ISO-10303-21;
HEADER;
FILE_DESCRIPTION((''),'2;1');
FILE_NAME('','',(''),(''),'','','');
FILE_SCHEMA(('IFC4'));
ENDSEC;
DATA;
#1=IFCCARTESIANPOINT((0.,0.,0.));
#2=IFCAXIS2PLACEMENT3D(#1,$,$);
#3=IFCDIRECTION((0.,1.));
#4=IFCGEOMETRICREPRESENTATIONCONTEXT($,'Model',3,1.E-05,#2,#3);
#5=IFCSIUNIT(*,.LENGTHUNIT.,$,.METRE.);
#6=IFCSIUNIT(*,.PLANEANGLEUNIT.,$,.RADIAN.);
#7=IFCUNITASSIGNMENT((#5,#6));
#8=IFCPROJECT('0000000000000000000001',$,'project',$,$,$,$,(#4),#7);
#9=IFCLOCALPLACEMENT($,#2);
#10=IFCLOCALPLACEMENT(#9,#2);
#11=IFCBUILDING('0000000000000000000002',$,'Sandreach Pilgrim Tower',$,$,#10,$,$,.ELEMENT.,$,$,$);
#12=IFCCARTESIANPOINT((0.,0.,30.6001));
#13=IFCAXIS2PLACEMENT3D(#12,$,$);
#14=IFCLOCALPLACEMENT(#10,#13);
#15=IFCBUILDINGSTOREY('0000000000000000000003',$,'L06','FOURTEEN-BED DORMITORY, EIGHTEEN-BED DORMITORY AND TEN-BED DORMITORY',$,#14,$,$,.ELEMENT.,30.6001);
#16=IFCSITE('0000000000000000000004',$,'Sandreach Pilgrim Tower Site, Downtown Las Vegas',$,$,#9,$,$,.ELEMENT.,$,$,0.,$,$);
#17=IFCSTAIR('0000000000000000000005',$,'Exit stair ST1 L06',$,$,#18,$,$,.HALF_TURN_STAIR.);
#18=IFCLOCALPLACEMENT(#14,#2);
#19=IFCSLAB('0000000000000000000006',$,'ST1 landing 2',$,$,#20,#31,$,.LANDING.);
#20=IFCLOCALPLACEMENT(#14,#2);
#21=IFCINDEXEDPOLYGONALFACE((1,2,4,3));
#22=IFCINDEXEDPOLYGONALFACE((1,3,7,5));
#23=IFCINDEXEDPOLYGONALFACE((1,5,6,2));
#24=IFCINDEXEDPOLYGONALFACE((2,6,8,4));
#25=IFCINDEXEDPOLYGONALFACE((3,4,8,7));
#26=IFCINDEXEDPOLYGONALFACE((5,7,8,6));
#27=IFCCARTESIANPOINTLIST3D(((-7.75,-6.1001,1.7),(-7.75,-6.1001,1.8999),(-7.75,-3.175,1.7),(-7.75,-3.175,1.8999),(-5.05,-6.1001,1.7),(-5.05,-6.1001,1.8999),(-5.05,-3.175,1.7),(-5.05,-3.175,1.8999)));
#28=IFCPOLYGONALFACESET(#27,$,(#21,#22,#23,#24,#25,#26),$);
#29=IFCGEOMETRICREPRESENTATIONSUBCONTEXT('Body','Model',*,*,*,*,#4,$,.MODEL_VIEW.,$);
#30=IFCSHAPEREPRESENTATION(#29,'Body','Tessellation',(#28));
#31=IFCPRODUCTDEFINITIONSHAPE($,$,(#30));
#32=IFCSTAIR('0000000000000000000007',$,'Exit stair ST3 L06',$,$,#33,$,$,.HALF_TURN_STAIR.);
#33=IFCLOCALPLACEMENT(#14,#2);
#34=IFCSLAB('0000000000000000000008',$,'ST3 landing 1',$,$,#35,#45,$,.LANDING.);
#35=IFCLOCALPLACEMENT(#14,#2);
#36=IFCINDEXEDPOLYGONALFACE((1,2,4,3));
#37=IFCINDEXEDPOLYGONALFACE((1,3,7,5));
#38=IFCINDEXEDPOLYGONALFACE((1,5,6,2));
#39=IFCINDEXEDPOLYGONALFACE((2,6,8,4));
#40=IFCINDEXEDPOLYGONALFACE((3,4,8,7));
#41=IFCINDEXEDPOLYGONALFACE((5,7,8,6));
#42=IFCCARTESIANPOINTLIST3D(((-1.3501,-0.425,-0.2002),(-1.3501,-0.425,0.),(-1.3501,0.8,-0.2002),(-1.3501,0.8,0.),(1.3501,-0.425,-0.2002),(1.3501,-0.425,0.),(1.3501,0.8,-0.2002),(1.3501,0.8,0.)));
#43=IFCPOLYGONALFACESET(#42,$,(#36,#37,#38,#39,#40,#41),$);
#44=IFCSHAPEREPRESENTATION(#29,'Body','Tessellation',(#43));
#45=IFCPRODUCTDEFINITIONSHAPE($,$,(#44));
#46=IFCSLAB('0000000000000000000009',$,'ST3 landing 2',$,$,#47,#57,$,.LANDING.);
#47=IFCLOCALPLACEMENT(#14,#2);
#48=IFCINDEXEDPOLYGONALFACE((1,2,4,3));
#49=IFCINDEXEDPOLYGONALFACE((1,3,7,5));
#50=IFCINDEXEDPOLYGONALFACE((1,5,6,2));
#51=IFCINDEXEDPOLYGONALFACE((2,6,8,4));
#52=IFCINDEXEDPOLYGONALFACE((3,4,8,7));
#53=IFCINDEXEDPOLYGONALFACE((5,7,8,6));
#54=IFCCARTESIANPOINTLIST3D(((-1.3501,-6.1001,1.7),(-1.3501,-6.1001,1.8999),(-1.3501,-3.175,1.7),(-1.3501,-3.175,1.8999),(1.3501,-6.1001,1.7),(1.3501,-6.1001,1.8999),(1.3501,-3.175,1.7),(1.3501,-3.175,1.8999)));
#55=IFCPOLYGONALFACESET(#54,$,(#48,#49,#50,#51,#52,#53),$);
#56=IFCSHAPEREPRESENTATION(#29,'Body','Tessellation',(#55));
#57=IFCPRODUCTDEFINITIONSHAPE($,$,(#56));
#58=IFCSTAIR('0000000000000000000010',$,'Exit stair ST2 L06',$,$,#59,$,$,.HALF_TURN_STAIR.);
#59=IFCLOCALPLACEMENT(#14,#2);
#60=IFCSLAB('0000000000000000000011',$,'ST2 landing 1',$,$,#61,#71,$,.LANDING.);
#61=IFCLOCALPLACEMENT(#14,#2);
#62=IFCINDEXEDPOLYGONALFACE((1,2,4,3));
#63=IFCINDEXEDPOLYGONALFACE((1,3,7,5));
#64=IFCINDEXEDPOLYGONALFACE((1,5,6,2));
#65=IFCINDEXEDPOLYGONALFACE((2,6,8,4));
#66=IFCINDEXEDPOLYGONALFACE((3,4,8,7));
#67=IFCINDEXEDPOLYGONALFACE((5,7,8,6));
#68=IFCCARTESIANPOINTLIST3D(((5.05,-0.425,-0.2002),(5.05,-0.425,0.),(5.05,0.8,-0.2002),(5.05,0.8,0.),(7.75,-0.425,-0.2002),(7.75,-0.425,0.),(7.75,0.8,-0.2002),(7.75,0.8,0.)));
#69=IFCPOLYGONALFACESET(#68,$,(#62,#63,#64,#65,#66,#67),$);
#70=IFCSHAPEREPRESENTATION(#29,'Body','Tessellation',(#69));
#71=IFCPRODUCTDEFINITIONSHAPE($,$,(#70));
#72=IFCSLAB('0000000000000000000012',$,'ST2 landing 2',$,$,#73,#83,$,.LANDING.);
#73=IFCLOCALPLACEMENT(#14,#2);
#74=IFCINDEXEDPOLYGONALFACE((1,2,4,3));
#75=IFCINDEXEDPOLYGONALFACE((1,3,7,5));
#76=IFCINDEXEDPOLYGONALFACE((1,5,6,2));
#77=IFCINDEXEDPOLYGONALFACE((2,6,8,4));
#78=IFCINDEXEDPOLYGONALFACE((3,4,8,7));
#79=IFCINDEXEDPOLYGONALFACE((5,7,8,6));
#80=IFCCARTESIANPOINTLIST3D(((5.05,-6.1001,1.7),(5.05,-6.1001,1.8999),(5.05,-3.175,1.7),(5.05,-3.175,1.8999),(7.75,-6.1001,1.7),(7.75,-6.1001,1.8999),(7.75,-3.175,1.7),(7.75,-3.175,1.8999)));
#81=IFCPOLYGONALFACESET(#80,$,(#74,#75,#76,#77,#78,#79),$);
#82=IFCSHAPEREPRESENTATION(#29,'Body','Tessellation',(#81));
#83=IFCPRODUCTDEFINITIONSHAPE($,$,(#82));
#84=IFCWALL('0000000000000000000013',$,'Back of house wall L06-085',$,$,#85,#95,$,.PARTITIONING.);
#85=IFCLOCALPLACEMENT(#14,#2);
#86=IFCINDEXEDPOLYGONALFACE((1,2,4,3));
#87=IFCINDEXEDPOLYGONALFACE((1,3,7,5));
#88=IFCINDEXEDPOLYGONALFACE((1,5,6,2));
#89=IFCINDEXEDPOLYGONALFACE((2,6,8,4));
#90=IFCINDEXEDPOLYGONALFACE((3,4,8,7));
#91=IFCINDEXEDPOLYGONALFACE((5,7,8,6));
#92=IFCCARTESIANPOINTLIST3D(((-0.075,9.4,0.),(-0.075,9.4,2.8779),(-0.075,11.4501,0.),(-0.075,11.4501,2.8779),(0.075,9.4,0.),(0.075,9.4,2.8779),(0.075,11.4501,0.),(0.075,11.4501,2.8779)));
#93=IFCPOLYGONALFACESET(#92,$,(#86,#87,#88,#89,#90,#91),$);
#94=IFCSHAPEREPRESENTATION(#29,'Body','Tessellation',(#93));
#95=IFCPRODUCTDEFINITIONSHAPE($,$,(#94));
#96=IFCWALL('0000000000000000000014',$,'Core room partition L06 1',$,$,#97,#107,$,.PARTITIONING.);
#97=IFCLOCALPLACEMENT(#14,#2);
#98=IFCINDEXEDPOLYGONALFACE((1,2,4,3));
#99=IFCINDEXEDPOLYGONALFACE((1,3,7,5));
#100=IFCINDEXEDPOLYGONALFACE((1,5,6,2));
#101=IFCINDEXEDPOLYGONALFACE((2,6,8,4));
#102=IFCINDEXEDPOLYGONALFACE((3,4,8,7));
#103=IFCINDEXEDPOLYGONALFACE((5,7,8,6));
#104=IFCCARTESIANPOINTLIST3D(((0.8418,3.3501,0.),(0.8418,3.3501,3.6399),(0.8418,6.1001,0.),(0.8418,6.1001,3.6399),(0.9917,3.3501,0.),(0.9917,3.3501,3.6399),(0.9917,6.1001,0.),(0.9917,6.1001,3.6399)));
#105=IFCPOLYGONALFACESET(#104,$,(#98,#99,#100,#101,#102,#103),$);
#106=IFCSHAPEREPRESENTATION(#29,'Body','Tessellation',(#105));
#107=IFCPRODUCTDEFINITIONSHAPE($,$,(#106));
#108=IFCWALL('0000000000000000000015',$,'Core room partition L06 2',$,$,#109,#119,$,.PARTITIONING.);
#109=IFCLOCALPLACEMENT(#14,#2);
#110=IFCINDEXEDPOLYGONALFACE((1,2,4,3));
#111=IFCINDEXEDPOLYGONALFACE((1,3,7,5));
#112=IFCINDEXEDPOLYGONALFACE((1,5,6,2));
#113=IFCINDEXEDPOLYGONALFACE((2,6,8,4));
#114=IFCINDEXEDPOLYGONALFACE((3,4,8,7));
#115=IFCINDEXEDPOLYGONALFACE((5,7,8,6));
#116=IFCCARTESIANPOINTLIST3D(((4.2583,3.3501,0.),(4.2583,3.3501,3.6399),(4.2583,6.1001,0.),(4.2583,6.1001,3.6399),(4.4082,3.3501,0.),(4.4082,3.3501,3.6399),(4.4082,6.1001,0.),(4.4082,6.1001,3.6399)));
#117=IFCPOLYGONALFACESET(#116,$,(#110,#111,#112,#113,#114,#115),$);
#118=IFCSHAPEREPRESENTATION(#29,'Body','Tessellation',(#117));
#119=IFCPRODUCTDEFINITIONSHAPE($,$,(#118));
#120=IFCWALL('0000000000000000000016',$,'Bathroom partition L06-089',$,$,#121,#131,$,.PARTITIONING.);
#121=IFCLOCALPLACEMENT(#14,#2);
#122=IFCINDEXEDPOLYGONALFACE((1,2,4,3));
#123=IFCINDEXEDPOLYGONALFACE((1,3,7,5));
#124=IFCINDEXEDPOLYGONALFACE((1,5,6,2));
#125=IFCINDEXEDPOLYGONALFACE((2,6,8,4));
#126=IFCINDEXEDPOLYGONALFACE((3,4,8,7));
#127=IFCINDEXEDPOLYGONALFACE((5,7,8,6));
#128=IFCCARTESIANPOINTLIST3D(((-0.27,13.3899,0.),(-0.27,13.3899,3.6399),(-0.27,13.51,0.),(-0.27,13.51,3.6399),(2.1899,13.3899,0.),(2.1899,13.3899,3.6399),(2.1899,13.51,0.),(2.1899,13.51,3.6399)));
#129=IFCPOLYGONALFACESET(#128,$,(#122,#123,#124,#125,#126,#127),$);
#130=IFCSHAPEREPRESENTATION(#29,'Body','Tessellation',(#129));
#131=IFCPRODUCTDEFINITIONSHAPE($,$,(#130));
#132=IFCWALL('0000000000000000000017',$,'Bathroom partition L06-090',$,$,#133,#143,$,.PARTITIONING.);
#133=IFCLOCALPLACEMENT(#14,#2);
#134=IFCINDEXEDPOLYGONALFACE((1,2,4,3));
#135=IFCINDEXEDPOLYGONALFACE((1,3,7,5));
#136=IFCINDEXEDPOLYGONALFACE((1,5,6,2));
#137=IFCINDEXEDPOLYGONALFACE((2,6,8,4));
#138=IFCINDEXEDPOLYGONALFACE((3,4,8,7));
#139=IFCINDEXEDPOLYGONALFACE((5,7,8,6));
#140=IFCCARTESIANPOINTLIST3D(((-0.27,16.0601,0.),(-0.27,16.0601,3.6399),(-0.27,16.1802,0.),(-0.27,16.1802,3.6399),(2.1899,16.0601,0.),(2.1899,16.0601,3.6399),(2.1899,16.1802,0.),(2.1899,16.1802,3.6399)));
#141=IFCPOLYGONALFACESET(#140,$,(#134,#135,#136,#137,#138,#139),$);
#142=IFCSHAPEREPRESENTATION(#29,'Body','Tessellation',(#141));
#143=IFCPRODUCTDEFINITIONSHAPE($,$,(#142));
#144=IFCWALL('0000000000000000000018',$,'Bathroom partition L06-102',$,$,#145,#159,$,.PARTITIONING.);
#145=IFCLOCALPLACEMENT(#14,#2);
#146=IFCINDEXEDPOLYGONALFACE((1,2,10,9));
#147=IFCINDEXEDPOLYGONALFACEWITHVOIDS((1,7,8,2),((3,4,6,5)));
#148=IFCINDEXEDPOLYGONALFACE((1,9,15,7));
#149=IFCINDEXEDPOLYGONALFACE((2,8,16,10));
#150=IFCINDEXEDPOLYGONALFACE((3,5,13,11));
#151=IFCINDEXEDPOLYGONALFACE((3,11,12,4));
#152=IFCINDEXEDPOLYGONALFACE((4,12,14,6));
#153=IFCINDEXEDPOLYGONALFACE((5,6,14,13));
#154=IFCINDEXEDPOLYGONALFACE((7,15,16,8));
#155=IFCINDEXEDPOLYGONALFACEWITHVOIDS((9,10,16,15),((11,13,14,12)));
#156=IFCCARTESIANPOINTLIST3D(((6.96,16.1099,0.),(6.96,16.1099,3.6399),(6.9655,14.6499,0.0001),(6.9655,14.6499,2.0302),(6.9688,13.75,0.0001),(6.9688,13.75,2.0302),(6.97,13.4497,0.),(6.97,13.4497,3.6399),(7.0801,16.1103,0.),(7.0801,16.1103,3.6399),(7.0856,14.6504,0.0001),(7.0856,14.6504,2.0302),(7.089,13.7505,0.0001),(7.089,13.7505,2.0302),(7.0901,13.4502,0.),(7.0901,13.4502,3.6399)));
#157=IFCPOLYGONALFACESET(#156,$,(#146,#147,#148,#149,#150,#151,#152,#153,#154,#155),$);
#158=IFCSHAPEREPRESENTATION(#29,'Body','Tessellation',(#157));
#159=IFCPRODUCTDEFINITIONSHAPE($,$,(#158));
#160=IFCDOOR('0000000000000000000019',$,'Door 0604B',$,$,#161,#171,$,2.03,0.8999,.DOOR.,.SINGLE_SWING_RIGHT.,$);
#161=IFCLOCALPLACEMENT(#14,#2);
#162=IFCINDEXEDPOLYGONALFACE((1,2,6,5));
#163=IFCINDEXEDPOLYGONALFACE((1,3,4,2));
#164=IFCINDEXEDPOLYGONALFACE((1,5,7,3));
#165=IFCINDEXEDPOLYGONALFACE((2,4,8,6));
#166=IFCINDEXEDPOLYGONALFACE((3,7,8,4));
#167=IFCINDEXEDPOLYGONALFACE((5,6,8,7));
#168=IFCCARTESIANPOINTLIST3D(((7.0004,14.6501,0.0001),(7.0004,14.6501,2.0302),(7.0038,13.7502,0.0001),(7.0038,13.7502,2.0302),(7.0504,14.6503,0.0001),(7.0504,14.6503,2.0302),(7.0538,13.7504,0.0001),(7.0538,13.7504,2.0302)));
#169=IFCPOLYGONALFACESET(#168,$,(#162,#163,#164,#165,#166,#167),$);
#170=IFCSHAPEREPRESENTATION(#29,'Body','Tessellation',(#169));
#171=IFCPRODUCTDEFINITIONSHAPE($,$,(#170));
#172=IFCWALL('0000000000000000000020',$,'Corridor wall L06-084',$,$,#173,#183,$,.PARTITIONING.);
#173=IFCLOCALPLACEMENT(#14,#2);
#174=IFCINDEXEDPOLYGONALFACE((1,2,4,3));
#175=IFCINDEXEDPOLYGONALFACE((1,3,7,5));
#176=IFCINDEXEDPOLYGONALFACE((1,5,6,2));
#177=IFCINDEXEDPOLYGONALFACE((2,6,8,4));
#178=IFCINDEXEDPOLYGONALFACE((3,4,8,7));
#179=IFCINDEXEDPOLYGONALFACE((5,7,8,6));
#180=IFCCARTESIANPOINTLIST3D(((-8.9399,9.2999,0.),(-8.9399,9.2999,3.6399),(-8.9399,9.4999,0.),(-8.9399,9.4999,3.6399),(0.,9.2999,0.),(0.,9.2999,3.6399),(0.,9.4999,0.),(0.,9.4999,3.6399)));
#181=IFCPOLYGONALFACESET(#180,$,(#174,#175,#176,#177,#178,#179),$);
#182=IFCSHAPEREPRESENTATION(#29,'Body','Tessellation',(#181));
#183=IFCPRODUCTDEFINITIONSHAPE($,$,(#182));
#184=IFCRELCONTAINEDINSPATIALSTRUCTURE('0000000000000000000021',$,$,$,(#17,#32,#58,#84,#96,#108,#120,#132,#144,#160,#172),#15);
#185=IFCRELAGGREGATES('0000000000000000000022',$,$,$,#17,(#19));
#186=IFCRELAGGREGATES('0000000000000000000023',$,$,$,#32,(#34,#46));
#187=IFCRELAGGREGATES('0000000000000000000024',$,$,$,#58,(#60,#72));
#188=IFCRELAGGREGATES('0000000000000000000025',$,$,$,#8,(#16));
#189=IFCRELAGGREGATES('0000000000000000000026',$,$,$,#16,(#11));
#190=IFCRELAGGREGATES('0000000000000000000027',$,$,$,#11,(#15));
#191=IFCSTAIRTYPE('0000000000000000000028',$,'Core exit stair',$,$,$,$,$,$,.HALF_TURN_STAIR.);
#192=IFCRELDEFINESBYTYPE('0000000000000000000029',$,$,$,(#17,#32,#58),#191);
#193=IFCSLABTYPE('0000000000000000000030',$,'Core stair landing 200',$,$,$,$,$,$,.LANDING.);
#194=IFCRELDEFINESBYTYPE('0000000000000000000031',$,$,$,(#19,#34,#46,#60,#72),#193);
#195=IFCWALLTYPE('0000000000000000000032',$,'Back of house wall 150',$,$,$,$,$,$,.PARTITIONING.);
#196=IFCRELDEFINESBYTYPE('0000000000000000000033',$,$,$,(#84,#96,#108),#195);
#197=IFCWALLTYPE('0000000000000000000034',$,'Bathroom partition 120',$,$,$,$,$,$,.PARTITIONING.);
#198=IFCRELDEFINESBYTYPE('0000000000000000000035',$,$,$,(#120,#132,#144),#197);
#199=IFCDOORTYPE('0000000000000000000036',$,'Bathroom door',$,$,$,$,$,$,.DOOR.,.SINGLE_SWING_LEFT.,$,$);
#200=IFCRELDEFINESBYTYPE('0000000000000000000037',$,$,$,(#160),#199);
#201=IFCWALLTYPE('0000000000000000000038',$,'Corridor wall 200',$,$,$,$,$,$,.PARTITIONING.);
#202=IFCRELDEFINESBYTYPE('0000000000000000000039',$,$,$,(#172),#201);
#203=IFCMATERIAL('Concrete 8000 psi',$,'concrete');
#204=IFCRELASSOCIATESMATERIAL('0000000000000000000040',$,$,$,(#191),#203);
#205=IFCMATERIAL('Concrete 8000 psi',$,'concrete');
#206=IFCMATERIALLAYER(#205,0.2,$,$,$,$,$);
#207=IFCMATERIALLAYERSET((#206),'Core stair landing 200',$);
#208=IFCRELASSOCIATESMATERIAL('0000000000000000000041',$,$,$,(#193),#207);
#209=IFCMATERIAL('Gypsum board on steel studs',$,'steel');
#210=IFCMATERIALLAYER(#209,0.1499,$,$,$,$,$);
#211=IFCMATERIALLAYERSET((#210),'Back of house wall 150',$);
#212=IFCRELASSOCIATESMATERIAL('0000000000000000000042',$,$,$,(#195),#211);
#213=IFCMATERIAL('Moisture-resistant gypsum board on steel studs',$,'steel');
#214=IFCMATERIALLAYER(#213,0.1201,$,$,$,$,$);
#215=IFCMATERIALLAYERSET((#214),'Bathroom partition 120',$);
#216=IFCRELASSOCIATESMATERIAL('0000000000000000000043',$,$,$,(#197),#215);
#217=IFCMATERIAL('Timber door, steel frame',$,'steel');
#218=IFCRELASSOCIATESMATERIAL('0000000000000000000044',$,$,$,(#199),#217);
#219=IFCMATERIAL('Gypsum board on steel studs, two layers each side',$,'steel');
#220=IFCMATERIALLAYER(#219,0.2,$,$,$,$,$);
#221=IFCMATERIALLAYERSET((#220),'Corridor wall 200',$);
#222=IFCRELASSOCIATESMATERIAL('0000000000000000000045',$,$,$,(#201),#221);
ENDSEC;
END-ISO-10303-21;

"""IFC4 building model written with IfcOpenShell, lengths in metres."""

from ifc_helpers import new_model, si_unit, direction, frame, frame_2d, origin, place, context, subcontext, project, spatial, polyline, rectangle, outline, extrude, material, layer, layer_set, type_object, element, fill, aggregate, save


model = new_model("IFC4")

# Units and contexts
model_context = context("Model", 3, precision=1e-05, world=origin(), true_north=direction((0.0, 1.0)))
body_context = subcontext(model_context, "Body", "Model", "MODEL_VIEW")
ifc_project = project(units=[si_unit("LENGTHUNIT", "METRE"), si_unit("PLANEANGLEUNIT", "RADIAN")], contexts=[model_context])

# Site, building, storey
site_placement = place(None, origin())
site = spatial("IfcSite", under=ifc_project, at=site_placement, Name="Sandreach Pilgrim Tower Site, Downtown Las Vegas", CompositionType="ELEMENT", RefElevation=0.0)
building_placement = place(site_placement, origin())
building = spatial("IfcBuilding", under=site, at=building_placement, Name="Sandreach Pilgrim Tower", CompositionType="ELEMENT")
storey_placement = place(building_placement, frame((0.0, 0.0, 30.6001)))
storey = spatial("IfcBuildingStorey", under=building, at=storey_placement, Name="L06", Description="FOURTEEN-BED DORMITORY, EIGHTEEN-BED DORMITORY AND TEN-BED DORMITORY", CompositionType="ELEMENT", Elevation=30.6001)

# Stair, slab
ifc_material_1 = material(Name="Concrete 8000 psi", Category="concrete")
stair_type = type_object("IfcStairType", Name="Core exit stair", PredefinedType="HALF_TURN_STAIR", material=ifc_material_1)
stair_1_placement = place(storey_placement, origin())
stair_1 = element("IfcStair", 1, at=stair_1_placement, inside=storey, type_object=stair_type, Name="Exit stair ST1 L06", PredefinedType="HALF_TURN_STAIR")
ifc_material_2 = material(Name="Concrete 8000 psi", Category="concrete")
ifc_layer_1 = layer(ifc_material_2, 0.2)
ifc_layer_set_1 = layer_set([ifc_layer_1], Name="Core stair landing 200")
slab_type = type_object("IfcSlabType", Name="Core stair landing 200", PredefinedType="LANDING", material=ifc_layer_set_1)
slab_1_placement = place(storey_placement, frame((0.0, 0.0, 1.7)))
slab_1 = element("IfcSlab", 2, at=slab_1_placement, type_object=slab_type, Name="ST1 landing 2", PredefinedType="LANDING", context=body_context, shape_type="SweptSolid", body=[
    extrude(outline(polyline([(-7.75, -6.1001), (-5.05, -6.1001), (-5.05, -3.175), (-7.75, -3.175), (-7.75, -6.1001)])), origin(), (0.0, 0.0, 1.0), 0.2),
])
aggregate(stair_1, [slab_1])

# Stairs, slabs
stair_2_placement = place(storey_placement, origin())
stair_2 = element("IfcStair", 3, at=stair_2_placement, inside=storey, type_object=stair_type, Name="Exit stair ST3 L06", PredefinedType="HALF_TURN_STAIR")
slab_2_placement = place(storey_placement, frame((0.0, 0.0, -0.2002)))
slab_2 = element("IfcSlab", 4, at=slab_2_placement, type_object=slab_type, Name="ST3 landing 1", PredefinedType="LANDING", context=body_context, shape_type="SweptSolid", body=[
    extrude(outline(polyline([(-1.3501, -0.425), (1.3501, -0.425), (1.3501, 0.8), (-1.3501, 0.8), (-1.3501, -0.425)])), origin(), (0.0, 0.0, 1.0), 0.2002),
])
slab_3_placement = place(storey_placement, frame((0.0, 0.0, 1.7)))
slab_3 = element("IfcSlab", 5, at=slab_3_placement, type_object=slab_type, Name="ST3 landing 2", PredefinedType="LANDING", context=body_context, shape_type="SweptSolid", body=[
    extrude(outline(polyline([(-1.3501, -6.1001), (1.3501, -6.1001), (1.3501, -3.175), (-1.3501, -3.175), (-1.3501, -6.1001)])), origin(), (0.0, 0.0, 1.0), 0.2),
])
aggregate(stair_2, [slab_2, slab_3])
stair_3_placement = place(storey_placement, origin())
stair_3 = element("IfcStair", 6, at=stair_3_placement, inside=storey, type_object=stair_type, Name="Exit stair ST2 L06", PredefinedType="HALF_TURN_STAIR")
slab_4_placement = place(storey_placement, frame((0.0, 0.0, -0.2002)))
slab_4 = element("IfcSlab", 7, at=slab_4_placement, type_object=slab_type, Name="ST2 landing 1", PredefinedType="LANDING", context=body_context, shape_type="SweptSolid", body=[
    extrude(outline(polyline([(5.05, -0.425), (7.75, -0.425), (7.75, 0.8), (5.05, 0.8), (5.05, -0.425)])), origin(), (0.0, 0.0, 1.0), 0.2002),
])
slab_5_placement = place(storey_placement, frame((0.0, 0.0, 1.7)))
slab_5 = element("IfcSlab", 8, at=slab_5_placement, type_object=slab_type, Name="ST2 landing 2", PredefinedType="LANDING", context=body_context, shape_type="SweptSolid", body=[
    extrude(outline(polyline([(5.05, -6.1001), (7.75, -6.1001), (7.75, -3.175), (5.05, -3.175), (5.05, -6.1001)])), origin(), (0.0, 0.0, 1.0), 0.2),
])
aggregate(stair_3, [slab_4, slab_5])

# Walls
ifc_material_3 = material(Name="Gypsum board on steel studs", Category="steel")
ifc_layer_2 = layer(ifc_material_3, 0.1499)
ifc_layer_set_2 = layer_set([ifc_layer_2], Name="Back of house wall 150")
wall_type_1 = type_object("IfcWallType", Name="Back of house wall 150", PredefinedType="PARTITIONING", material=ifc_layer_set_2)
wall_1_placement = place(storey_placement, frame((0.0, 11.45, 0.0), z_axis=(0.0, 0.0, 1.0), x_axis=(0.0, -1.0, 0.0)))
element("IfcWall", 9, at=wall_1_placement, inside=storey, type_object=wall_type_1, Name="Back of house wall L06-085", PredefinedType="PARTITIONING", context=body_context, shape_type="SweptSolid", body=[
    extrude(rectangle(XDim=2.05, YDim=0.1499, at=frame_2d((1.0249, 0.0))), origin(), (0.0, 0.0, 1.0), 2.8779),
])
for number, where, z_axis, x_axis, name in (
    (10, (0.9167, 3.3501, 0.0), (0.0, 0.0, 1.0), (0.0, 1.0, 0.0), "Core room partition L06 1"),
    (11, (4.3333, 3.3501, 0.0), (0.0, 0.0, 1.0), (0.0, 1.0, 0.0), "Core room partition L06 2"),
):
    element("IfcWall", number, at=place(storey_placement, frame(where, z_axis=z_axis, x_axis=x_axis)), inside=storey, type_object=wall_type_1, Name=name, PredefinedType="PARTITIONING", context=body_context, shape_type="SweptSolid", body=[
        extrude(rectangle(XDim=2.75, YDim=0.1499, at=frame_2d((1.375, 0.0))), origin(), (0.0, 0.0, 1.0), 3.6399),
    ])
ifc_material_4 = material(Name="Moisture-resistant gypsum board on steel studs", Category="steel")
ifc_layer_3 = layer(ifc_material_4, 0.1201)
ifc_layer_set_3 = layer_set([ifc_layer_3], Name="Bathroom partition 120")
wall_type_2 = type_object("IfcWallType", Name="Bathroom partition 120", PredefinedType="PARTITIONING", material=ifc_layer_set_3)
for number, where, z_axis, x_axis, name in (
    (12, (2.1899, 13.45, 0.0), (0.0, 0.0, 1.0), (-1.0, 0.0, 0.0), "Bathroom partition L06-089"),
    (13, (2.1899, 16.1201, 0.0), (0.0, 0.0, 1.0), (-1.0, 0.0, 0.0), "Bathroom partition L06-090"),
):
    element("IfcWall", number, at=place(storey_placement, frame(where, z_axis=z_axis, x_axis=x_axis)), inside=storey, type_object=wall_type_2, Name=name, PredefinedType="PARTITIONING", context=body_context, shape_type="SweptSolid", body=[
        extrude(rectangle(XDim=2.46, YDim=0.1201, at=frame_2d((1.23, 0.0))), origin(), (0.0, 0.0, 1.0), 3.6399),
    ])

# Wall, opening, door
wall_2_placement = place(storey_placement, frame((7.02, 16.1101, 0.0), z_axis=(0.0, 0.0, 1.0), x_axis=(0.003763, -0.999993, 0.0)))
wall_2 = element("IfcWall", 14, at=wall_2_placement, inside=storey, type_object=wall_type_2, Name="Bathroom partition L06-102", PredefinedType="PARTITIONING", context=body_context, shape_type="SweptSolid", body=[
    extrude(rectangle(XDim=2.6602, YDim=0.1201, at=frame_2d((1.3301, 0.0))), origin(), (0.0, 0.0, 1.0), 3.6399),
])
opening_1_placement = place(wall_2_placement, frame((1.46, 0.0, 0.0)))
opening_1 = element("IfcOpeningElement", 15, at=opening_1_placement, cuts=wall_2, PredefinedType="OPENING", context=body_context, shape_type="SweptSolid", body=[
    extrude(rectangle(XDim=0.8999, YDim=2.03, at=frame_2d((0.45, 1.0151))), frame((0.0, 0.0601, 0.0), z_axis=(0.0, -1.0, 0.0), x_axis=(1.0, 0.0, 0.0)), (0.0, 0.0, 1.0), 0.1201),
])
ifc_material_5 = material(Name="Timber door, steel frame", Category="steel")
door_type_1 = type_object("IfcDoorType", Name="Bathroom door", OperationType="SINGLE_SWING_LEFT", PredefinedType="DOOR", material=ifc_material_5)
door_1_placement = place(opening_1_placement, origin())
door_1 = element("IfcDoor", 16, at=door_1_placement, inside=storey, type_object=door_type_1, Name="Door 0604B", OperationType="SINGLE_SWING_RIGHT", OverallHeight=2.03, OverallWidth=0.8999, PredefinedType="DOOR", context=body_context, shape_type="SweptSolid", body=[
    extrude(rectangle(XDim=0.8999, YDim=2.03, at=frame_2d((0.45, 1.0151))), frame((0.0, 0.0249, 0.0), z_axis=(0.0, -1.0, 0.0), x_axis=(1.0, 0.0, 0.0)), (0.0, 0.0, 1.0), 0.05),
])
fill(opening_1, door_1)

# Wall
ifc_material_6 = material(Name="Gypsum board on steel studs, two layers each side", Category="steel")
ifc_layer_4 = layer(ifc_material_6, 0.2)
ifc_layer_set_4 = layer_set([ifc_layer_4], Name="Corridor wall 200")
wall_type_3 = type_object("IfcWallType", Name="Corridor wall 200", PredefinedType="PARTITIONING", material=ifc_layer_set_4)
wall_3_placement = place(storey_placement, frame((0.0, 9.3999, 0.0), z_axis=(0.0, 0.0, 1.0), x_axis=(-1.0, 0.0, 0.0)))
element("IfcWall", 17, at=wall_3_placement, inside=storey, type_object=wall_type_3, Name="Corridor wall L06-084", PredefinedType="PARTITIONING", context=body_context, shape_type="SweptSolid", body=[
    extrude(rectangle(XDim=8.9399, YDim=0.2, at=frame_2d((4.47, 0.0))), origin(), (0.0, 0.0, 1.0), 3.6399),
])

save(model, "model.ifc")
